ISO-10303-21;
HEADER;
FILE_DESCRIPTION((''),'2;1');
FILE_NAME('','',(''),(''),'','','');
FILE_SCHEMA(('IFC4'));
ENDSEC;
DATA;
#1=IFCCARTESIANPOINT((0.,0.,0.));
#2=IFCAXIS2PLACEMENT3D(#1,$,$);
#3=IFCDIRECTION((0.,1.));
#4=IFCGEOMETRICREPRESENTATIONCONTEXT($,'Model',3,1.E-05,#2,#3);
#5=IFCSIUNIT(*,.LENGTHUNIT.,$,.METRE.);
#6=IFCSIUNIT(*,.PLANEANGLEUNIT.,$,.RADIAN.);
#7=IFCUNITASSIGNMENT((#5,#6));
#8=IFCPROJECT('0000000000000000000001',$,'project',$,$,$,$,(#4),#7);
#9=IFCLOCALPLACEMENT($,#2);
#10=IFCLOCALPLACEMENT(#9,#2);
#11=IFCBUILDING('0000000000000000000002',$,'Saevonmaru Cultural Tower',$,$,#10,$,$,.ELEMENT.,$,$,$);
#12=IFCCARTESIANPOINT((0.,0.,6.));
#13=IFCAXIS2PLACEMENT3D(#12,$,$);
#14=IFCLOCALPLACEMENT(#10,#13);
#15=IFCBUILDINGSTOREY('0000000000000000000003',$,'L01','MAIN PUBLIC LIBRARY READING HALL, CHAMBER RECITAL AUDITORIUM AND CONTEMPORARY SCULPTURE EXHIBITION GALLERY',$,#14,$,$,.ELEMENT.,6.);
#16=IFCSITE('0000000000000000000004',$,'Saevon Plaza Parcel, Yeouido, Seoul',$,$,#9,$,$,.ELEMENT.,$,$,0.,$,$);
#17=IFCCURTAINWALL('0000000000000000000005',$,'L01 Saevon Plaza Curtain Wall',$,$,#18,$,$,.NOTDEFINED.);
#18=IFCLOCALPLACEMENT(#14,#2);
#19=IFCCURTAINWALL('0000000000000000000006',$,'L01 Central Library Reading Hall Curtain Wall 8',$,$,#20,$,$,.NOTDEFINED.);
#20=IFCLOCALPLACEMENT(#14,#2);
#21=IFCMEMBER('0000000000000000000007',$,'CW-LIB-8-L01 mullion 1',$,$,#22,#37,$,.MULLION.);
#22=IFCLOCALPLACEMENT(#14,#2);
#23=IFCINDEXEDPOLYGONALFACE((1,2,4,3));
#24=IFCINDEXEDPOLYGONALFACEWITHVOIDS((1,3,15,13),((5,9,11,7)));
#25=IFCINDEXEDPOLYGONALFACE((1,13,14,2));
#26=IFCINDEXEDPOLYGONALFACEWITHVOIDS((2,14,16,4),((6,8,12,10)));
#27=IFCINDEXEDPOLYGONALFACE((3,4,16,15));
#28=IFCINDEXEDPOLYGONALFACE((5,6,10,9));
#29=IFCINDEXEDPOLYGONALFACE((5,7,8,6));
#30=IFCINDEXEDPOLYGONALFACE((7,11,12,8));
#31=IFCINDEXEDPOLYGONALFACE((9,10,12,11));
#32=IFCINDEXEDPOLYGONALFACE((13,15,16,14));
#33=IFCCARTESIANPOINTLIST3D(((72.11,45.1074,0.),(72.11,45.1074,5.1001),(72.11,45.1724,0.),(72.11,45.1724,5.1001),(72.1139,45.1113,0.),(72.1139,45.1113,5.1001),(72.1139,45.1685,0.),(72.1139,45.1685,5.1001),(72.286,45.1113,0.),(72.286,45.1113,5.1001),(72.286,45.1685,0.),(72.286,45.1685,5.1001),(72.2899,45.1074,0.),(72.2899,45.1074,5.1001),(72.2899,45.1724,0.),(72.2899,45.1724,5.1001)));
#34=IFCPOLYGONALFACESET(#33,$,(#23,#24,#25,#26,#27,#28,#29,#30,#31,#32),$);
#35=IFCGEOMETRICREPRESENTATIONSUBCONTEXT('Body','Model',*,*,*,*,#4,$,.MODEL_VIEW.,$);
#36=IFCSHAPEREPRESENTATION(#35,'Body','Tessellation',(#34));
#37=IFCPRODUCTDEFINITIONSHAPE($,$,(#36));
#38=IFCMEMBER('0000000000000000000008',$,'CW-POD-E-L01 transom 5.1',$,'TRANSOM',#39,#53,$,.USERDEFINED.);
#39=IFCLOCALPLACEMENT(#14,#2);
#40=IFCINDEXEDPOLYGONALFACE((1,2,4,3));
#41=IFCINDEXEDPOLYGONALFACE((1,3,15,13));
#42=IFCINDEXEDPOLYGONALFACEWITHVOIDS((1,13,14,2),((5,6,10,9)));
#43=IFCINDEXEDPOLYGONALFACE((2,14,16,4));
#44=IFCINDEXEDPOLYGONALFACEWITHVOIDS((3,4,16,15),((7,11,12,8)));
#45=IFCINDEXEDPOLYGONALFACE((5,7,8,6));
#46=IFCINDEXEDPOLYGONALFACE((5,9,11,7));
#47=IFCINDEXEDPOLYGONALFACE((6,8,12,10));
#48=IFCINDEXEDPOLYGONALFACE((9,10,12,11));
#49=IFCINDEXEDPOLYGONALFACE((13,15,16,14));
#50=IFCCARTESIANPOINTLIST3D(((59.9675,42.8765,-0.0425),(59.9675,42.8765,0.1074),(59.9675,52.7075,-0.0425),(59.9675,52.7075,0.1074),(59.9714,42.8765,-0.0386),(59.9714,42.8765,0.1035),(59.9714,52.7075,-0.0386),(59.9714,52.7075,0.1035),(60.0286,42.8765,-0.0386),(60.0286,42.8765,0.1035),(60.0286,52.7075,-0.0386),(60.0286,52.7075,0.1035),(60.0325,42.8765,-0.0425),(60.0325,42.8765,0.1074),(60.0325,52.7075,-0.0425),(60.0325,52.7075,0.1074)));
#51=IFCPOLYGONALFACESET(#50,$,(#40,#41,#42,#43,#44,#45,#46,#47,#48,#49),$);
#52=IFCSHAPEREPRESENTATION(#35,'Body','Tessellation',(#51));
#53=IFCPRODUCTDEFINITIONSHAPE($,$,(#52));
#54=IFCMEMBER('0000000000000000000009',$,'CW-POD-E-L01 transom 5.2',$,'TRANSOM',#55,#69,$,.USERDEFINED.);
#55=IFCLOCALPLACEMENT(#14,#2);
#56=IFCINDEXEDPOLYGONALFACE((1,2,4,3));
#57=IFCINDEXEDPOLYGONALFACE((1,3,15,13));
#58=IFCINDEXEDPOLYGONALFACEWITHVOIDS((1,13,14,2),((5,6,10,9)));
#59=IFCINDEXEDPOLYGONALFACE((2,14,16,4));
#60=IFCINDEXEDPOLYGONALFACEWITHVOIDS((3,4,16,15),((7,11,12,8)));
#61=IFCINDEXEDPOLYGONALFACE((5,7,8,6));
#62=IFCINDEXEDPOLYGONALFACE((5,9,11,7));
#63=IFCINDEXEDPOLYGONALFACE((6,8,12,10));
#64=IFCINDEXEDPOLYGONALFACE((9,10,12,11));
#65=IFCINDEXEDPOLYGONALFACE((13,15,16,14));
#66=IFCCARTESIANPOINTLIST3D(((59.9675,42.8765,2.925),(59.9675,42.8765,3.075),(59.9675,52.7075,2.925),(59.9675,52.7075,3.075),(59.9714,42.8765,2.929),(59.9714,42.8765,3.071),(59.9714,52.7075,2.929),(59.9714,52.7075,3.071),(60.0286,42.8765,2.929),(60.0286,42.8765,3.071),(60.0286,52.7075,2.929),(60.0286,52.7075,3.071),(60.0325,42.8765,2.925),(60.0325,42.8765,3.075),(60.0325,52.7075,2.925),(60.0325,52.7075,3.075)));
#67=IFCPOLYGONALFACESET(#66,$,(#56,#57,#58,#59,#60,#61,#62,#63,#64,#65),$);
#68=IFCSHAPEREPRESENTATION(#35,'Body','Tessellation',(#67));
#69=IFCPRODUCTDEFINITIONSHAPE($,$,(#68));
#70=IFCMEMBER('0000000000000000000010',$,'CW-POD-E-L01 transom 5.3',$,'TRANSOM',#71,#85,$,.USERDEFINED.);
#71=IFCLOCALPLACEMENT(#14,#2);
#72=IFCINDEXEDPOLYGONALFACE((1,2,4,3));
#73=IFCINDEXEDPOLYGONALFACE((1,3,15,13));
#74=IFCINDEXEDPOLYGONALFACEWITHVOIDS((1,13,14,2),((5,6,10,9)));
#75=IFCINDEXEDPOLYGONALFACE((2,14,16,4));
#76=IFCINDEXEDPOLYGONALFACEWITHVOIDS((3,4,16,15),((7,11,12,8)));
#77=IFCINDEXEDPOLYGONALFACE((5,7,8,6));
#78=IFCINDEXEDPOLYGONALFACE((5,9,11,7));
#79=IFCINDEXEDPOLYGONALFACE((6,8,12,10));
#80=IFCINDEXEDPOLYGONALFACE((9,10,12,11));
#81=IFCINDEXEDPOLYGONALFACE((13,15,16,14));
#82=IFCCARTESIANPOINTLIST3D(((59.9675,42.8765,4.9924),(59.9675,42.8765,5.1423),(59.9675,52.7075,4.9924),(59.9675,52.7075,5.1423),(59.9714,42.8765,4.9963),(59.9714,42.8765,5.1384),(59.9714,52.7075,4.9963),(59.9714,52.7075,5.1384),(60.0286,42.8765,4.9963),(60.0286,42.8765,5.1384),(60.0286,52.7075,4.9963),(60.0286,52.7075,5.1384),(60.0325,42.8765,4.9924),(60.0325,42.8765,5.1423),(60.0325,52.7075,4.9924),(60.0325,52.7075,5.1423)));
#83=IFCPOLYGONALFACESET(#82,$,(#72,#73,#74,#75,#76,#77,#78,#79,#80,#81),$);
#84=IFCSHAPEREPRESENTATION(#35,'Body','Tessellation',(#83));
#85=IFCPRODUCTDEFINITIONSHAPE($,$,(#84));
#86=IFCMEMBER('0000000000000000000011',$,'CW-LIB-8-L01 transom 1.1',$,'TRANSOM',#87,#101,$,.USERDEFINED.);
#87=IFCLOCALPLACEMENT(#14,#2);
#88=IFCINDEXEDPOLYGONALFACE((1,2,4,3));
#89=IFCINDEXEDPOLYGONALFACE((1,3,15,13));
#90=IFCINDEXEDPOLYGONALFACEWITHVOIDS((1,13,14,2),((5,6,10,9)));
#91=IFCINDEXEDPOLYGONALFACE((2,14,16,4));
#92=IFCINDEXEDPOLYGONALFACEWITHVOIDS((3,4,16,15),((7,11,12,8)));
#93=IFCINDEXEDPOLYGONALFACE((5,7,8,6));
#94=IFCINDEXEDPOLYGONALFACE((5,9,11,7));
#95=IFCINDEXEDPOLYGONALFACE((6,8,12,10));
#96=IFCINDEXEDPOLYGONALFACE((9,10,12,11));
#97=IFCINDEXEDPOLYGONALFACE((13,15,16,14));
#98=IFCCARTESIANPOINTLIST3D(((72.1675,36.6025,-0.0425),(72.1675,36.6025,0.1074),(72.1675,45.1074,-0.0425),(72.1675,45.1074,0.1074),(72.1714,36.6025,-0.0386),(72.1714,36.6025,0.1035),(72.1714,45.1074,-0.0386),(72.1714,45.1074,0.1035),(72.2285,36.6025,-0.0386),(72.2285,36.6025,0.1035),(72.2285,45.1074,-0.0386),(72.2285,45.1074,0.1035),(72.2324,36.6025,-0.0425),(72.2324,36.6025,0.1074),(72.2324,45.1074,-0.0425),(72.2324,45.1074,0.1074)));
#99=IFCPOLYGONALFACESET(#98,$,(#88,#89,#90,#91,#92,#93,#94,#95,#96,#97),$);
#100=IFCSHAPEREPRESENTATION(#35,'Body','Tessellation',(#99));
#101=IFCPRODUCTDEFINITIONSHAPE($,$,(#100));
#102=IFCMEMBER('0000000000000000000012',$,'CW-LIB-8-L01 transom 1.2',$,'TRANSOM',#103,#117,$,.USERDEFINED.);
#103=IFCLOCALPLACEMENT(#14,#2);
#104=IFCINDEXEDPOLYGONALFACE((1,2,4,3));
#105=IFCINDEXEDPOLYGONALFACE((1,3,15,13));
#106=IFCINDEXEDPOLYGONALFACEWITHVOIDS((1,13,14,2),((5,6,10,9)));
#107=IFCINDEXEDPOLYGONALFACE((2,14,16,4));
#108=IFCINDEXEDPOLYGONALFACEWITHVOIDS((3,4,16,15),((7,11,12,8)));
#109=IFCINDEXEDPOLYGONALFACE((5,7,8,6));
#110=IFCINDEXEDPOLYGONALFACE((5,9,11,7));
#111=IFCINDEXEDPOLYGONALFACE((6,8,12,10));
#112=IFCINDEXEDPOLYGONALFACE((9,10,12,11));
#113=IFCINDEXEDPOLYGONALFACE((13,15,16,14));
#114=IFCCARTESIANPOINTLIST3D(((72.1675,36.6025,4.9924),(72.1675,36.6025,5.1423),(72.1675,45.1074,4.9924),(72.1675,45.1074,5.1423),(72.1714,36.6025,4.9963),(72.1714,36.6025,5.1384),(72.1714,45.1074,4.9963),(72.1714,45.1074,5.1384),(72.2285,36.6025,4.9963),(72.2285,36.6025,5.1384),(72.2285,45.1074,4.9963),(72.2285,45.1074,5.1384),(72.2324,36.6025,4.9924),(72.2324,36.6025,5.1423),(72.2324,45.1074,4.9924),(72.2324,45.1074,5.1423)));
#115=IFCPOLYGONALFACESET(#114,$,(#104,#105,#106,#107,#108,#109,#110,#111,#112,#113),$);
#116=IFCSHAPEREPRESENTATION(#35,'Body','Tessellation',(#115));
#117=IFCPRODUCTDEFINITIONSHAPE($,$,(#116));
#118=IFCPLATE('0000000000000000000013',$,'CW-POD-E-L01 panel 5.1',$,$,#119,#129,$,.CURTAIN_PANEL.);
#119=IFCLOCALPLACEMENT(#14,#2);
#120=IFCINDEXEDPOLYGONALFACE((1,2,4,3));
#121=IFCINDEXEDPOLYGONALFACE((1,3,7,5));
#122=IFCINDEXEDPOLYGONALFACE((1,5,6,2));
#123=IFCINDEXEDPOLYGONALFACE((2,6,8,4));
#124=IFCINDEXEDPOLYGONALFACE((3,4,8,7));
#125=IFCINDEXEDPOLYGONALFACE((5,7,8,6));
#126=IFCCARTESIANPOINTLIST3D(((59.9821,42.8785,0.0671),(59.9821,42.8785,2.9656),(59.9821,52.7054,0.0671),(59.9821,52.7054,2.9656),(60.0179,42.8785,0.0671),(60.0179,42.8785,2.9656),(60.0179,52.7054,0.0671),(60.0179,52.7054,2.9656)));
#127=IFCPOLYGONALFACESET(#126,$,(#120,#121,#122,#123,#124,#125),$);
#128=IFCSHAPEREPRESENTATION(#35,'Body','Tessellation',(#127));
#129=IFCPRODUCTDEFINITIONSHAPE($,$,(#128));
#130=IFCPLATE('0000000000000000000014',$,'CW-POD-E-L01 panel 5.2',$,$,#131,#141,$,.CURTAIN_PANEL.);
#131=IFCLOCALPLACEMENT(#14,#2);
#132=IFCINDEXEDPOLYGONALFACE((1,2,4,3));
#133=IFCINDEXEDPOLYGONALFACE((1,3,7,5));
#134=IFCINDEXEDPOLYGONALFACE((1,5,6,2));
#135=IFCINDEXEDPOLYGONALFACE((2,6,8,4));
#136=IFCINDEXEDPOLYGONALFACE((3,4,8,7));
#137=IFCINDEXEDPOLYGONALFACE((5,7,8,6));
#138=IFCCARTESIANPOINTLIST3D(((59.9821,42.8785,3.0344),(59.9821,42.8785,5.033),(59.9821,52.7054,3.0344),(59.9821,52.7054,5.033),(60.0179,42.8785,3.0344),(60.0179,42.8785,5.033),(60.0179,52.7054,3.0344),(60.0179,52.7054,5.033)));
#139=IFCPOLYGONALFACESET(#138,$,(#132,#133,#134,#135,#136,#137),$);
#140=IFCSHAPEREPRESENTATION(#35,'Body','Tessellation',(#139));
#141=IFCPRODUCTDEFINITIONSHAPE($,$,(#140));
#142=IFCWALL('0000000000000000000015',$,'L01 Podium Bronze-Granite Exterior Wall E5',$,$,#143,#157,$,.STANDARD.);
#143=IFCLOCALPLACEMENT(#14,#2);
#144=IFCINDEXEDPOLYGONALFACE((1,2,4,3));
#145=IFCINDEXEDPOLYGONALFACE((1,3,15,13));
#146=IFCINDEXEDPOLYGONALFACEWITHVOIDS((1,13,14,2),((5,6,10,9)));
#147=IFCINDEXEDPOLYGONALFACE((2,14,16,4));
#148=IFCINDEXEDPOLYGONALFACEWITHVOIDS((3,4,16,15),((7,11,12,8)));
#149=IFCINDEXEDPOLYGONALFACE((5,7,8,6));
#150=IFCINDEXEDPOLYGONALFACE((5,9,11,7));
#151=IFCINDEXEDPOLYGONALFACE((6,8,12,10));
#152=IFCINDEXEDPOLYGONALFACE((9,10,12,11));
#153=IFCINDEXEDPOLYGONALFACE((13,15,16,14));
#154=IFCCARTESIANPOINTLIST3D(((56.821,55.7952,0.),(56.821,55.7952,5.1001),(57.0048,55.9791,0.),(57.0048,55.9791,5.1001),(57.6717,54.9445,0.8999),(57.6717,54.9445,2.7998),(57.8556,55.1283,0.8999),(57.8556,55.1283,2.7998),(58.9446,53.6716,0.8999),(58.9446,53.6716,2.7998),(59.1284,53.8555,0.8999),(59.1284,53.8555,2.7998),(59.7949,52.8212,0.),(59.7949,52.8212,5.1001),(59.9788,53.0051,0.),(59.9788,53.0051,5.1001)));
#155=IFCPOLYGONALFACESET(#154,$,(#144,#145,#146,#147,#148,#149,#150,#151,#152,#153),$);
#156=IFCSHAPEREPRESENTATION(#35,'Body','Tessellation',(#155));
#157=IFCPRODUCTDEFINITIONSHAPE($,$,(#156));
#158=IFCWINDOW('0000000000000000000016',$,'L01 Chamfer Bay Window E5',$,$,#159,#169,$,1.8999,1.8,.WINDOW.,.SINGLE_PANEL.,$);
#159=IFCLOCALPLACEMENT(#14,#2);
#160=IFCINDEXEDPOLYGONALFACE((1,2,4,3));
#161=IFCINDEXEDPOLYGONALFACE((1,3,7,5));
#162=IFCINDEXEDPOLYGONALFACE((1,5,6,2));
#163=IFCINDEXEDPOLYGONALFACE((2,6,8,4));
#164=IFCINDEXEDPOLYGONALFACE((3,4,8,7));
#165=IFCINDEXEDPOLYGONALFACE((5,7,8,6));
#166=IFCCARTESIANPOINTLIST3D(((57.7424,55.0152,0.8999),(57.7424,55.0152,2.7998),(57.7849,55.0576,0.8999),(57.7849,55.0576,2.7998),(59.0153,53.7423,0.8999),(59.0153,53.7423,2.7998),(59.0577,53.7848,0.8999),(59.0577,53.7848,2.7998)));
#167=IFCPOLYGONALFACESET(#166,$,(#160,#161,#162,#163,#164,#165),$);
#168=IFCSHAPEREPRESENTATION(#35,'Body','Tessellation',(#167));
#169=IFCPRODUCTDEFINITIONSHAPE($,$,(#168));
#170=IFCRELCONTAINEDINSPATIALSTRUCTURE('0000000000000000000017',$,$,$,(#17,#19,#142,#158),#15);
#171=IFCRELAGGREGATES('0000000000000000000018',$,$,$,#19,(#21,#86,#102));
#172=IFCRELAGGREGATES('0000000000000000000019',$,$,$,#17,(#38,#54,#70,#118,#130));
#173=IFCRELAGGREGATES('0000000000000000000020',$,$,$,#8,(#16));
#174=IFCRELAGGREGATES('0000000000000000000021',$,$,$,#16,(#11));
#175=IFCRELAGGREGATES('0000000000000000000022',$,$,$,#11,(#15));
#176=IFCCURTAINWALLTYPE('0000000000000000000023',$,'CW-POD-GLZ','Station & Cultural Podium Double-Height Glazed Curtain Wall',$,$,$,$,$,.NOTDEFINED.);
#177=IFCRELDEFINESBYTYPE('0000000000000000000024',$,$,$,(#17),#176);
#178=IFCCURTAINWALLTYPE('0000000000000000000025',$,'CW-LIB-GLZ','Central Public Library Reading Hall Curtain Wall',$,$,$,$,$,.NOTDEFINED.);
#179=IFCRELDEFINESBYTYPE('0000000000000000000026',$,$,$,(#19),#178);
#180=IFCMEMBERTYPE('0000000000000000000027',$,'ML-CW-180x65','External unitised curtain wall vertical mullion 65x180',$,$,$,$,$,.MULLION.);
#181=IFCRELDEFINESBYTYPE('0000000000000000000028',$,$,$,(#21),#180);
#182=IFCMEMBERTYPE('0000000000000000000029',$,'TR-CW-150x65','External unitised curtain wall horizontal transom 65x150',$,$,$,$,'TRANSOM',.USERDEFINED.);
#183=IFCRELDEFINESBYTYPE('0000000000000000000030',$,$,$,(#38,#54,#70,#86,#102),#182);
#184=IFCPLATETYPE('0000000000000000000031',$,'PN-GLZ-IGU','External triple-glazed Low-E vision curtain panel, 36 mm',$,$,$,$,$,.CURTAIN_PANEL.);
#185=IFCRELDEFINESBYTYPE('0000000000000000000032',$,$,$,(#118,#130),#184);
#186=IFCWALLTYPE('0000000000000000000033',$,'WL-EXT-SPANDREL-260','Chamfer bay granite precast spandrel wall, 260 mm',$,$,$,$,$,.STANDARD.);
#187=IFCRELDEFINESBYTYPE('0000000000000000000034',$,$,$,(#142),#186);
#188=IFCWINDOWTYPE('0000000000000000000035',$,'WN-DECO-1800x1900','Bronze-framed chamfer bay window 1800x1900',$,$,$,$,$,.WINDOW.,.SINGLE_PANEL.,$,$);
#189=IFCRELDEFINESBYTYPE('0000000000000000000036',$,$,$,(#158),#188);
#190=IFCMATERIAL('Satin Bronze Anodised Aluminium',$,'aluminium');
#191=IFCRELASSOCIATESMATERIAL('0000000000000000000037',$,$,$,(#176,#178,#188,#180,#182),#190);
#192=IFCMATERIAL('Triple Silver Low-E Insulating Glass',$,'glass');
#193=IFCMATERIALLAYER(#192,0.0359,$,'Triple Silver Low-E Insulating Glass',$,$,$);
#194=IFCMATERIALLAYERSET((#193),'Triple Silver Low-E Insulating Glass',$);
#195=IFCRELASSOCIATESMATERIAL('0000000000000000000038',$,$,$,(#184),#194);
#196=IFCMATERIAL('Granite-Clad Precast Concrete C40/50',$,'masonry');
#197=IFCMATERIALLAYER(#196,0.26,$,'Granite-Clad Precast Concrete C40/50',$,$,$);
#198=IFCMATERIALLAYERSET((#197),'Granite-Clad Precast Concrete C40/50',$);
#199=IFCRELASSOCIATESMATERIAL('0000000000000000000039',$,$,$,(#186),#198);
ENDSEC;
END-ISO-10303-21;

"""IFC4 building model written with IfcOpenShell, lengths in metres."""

from ifc_helpers import new_model, si_unit, direction, frame, frame_2d, origin, origin_2d, place, context, subcontext, project, spatial, rectangle, hollow_rectangle, extrude, material, layer, layer_set, material_profile, profile_set, type_object, element, fill, aggregate, save


model = new_model("IFC4")

# Units and contexts
model_context = context("Model", 3, precision=1e-05, world=origin(), true_north=direction((0.0, 1.0)))
body_context = subcontext(model_context, "Body", "Model", "MODEL_VIEW")
ifc_project = project(units=[si_unit("LENGTHUNIT", "METRE"), si_unit("PLANEANGLEUNIT", "RADIAN")], contexts=[model_context])

# Site, building, storey
site_placement = place(None, origin())
site = spatial("IfcSite", under=ifc_project, at=site_placement, Name="Saevon Plaza Parcel, Yeouido, Seoul", CompositionType="ELEMENT", RefElevation=0.0)
building_placement = place(site_placement, origin())
building = spatial("IfcBuilding", under=site, at=building_placement, Name="Saevonmaru Cultural Tower", CompositionType="ELEMENT")
storey_placement = place(building_placement, frame((0.0, 0.0, 6.0)))
storey = spatial("IfcBuildingStorey", under=building, at=storey_placement, Name="L01", Description="MAIN PUBLIC LIBRARY READING HALL, CHAMBER RECITAL AUDITORIUM AND CONTEMPORARY SCULPTURE EXHIBITION GALLERY", CompositionType="ELEMENT", Elevation=6.0)

# Curtain walls, member
ifc_material_1 = material(Name="Satin Bronze Anodised Aluminium", Category="aluminium")
curtain_wall_type_1 = type_object("IfcCurtainWallType", Name="CW-POD-GLZ", Description="Station & Cultural Podium Double-Height Glazed Curtain Wall", PredefinedType="NOTDEFINED", material=ifc_material_1)
curtain_wall_1_placement = place(storey_placement, origin())
curtain_wall_1 = element("IfcCurtainWall", 1, at=curtain_wall_1_placement, inside=storey, type_object=curtain_wall_type_1, Name="L01 Saevon Plaza Curtain Wall", PredefinedType="NOTDEFINED")
ifc_material_profile_1 = material_profile(ifc_material_1, hollow_rectangle(XDim=0.0649, YDim=0.1799, WallThickness=0.0039, at=origin_2d()), Name="ALU-MULL-180x65x4")
ifc_profile_set_1 = profile_set([ifc_material_profile_1], Name="Satin Bronze Anodised Aluminium")
member_type_1 = type_object("IfcMemberType", Name="ML-CW-180x65", Description="External unitised curtain wall vertical mullion 65x180", PredefinedType="MULLION", material=ifc_profile_set_1)
curtain_wall_type_2 = type_object("IfcCurtainWallType", Name="CW-LIB-GLZ", Description="Central Public Library Reading Hall Curtain Wall", PredefinedType="NOTDEFINED", material=ifc_material_1)
curtain_wall_2_placement = place(storey_placement, origin())
curtain_wall_2 = element("IfcCurtainWall", 2, at=curtain_wall_2_placement, inside=storey, type_object=curtain_wall_type_2, Name="L01 Central Library Reading Hall Curtain Wall 8", PredefinedType="NOTDEFINED")
member_1_placement = place(storey_placement, frame((72.2, 45.1399, 0.0), z_axis=(0.0, 0.0, 1.0), x_axis=(0.0, -1.0, 0.0)))
member_1 = element("IfcMember", 3, at=member_1_placement, type_object=member_type_1, Name="CW-LIB-8-L01 mullion 1", PredefinedType="MULLION", context=body_context, shape_type="SweptSolid", body=[
    extrude(hollow_rectangle(XDim=0.0649, YDim=0.1799, WallThickness=0.0039, at=origin_2d()), origin(), (0.0, 0.0, 1.0), 5.1001),
])

# Members
ifc_material_profile_2 = material_profile(ifc_material_1, hollow_rectangle(XDim=0.0649, YDim=0.1499, WallThickness=0.0039, at=origin_2d()), Name="ALU-TRAN-150x65x4")
ifc_profile_set_2 = profile_set([ifc_material_profile_2], Name="Satin Bronze Anodised Aluminium")
member_type_2 = type_object("IfcMemberType", Name="TR-CW-150x65", Description="External unitised curtain wall horizontal transom 65x150", ElementType="TRANSOM", PredefinedType="USERDEFINED", material=ifc_profile_set_2)
member_2_placement = place(storey_placement, frame((60.0, 42.8765, 0.0325), z_axis=(0.0, 1.0, 0.0), x_axis=(-1.0, 0.0, 0.0)))
member_2 = element("IfcMember", 4, at=member_2_placement, type_object=member_type_2, Name="CW-POD-E-L01 transom 5.1", ObjectType="TRANSOM", PredefinedType="USERDEFINED", context=body_context, shape_type="SweptSolid", body=[
    extrude(hollow_rectangle(XDim=0.0649, YDim=0.1499, WallThickness=0.0039, at=origin_2d()), origin(), (0.0, 0.0, 1.0), 9.8311),
])
member_3_placement = place(storey_placement, frame((60.0, 42.8765, 3.0), z_axis=(0.0, 1.0, 0.0), x_axis=(-1.0, 0.0, 0.0)))
member_3 = element("IfcMember", 5, at=member_3_placement, type_object=member_type_2, Name="CW-POD-E-L01 transom 5.2", ObjectType="TRANSOM", PredefinedType="USERDEFINED", context=body_context, shape_type="SweptSolid", body=[
    extrude(hollow_rectangle(XDim=0.0649, YDim=0.1499, WallThickness=0.0039, at=origin_2d()), origin(), (0.0, 0.0, 1.0), 9.8311),
])
member_4_placement = place(storey_placement, frame((60.0, 42.8765, 5.0674), z_axis=(0.0, 1.0, 0.0), x_axis=(-1.0, 0.0, 0.0)))
member_4 = element("IfcMember", 6, at=member_4_placement, type_object=member_type_2, Name="CW-POD-E-L01 transom 5.3", ObjectType="TRANSOM", PredefinedType="USERDEFINED", context=body_context, shape_type="SweptSolid", body=[
    extrude(hollow_rectangle(XDim=0.0649, YDim=0.1499, WallThickness=0.0039, at=origin_2d()), origin(), (0.0, 0.0, 1.0), 9.8311),
])
member_5_placement = place(storey_placement, frame((72.2, 45.1074, 0.0325), z_axis=(0.0, -1.0, 0.0), x_axis=(1.0, 0.0, 0.0)))
member_5 = element("IfcMember", 7, at=member_5_placement, type_object=member_type_2, Name="CW-LIB-8-L01 transom 1.1", ObjectType="TRANSOM", PredefinedType="USERDEFINED", context=body_context, shape_type="SweptSolid", body=[
    extrude(hollow_rectangle(XDim=0.0649, YDim=0.1499, WallThickness=0.0039, at=origin_2d()), origin(), (0.0, 0.0, 1.0), 8.5049),
])
member_6_placement = place(storey_placement, frame((72.2, 45.1074, 5.0674), z_axis=(0.0, -1.0, 0.0), x_axis=(1.0, 0.0, 0.0)))
member_6 = element("IfcMember", 8, at=member_6_placement, type_object=member_type_2, Name="CW-LIB-8-L01 transom 1.2", ObjectType="TRANSOM", PredefinedType="USERDEFINED", context=body_context, shape_type="SweptSolid", body=[
    extrude(hollow_rectangle(XDim=0.0649, YDim=0.1499, WallThickness=0.0039, at=origin_2d()), origin(), (0.0, 0.0, 1.0), 8.5049),
])
aggregate(curtain_wall_2, [member_1, member_5, member_6])

# Plates
ifc_material_2 = material(Name="Triple Silver Low-E Insulating Glass", Category="glass")
ifc_layer_1 = layer(ifc_material_2, 0.0359, Name="Triple Silver Low-E Insulating Glass")
ifc_layer_set_1 = layer_set([ifc_layer_1], Name="Triple Silver Low-E Insulating Glass")
plate_type = type_object("IfcPlateType", Name="PN-GLZ-IGU", Description="External triple-glazed Low-E vision curtain panel, 36 mm", PredefinedType="CURTAIN_PANEL", material=ifc_layer_set_1)
plate_1_placement = place(storey_placement, frame((60.0, 47.792, 0.0671), z_axis=(0.0, 0.0, 1.0), x_axis=(0.0, 1.0, 0.0)))
plate_1 = element("IfcPlate", 9, at=plate_1_placement, type_object=plate_type, Name="CW-POD-E-L01 panel 5.1", PredefinedType="CURTAIN_PANEL", context=body_context, shape_type="SweptSolid", body=[
    extrude(rectangle(XDim=9.8269, YDim=0.0359, at=origin_2d()), origin(), (0.0, 0.0, 1.0), 2.8984),
])
plate_2_placement = place(storey_placement, frame((60.0, 47.792, 3.0344), z_axis=(0.0, 0.0, 1.0), x_axis=(0.0, 1.0, 0.0)))
plate_2 = element("IfcPlate", 10, at=plate_2_placement, type_object=plate_type, Name="CW-POD-E-L01 panel 5.2", PredefinedType="CURTAIN_PANEL", context=body_context, shape_type="SweptSolid", body=[
    extrude(rectangle(XDim=9.8269, YDim=0.0359, at=origin_2d()), origin(), (0.0, 0.0, 1.0), 1.9985),
])
aggregate(curtain_wall_1, [member_2, member_3, member_4, plate_1, plate_2])

# Wall, opening, window
ifc_material_3 = material(Name="Granite-Clad Precast Concrete C40/50", Category="masonry")
ifc_layer_2 = layer(ifc_material_3, 0.26, Name="Granite-Clad Precast Concrete C40/50")
ifc_layer_set_2 = layer_set([ifc_layer_2], Name="Granite-Clad Precast Concrete C40/50")
wall_type_1 = type_object("IfcWallType", Name="WL-EXT-SPANDREL-260", Description="Chamfer bay granite precast spandrel wall, 260 mm", PredefinedType="STANDARD", material=ifc_layer_set_2)
wall_1_placement = place(storey_placement, frame((59.887, 52.9131, 0.0), z_axis=(0.0, 0.0, 1.0), x_axis=(-0.707107, 0.707107, 0.0)))
wall_1 = element("IfcWall", 11, at=wall_1_placement, inside=storey, type_object=wall_type_1, Name="L01 Podium Bronze-Granite Exterior Wall E5", PredefinedType="STANDARD", context=body_context, shape_type="SweptSolid", body=[
    extrude(rectangle(XDim=4.2058, YDim=0.26, at=frame_2d((2.103, 0.0))), origin(), (0.0, 0.0, 1.0), 5.1001),
])
opening_1_placement = place(wall_1_placement, frame((1.2029, 0.0, 0.8999)))
opening_1 = element("IfcOpeningElement", 12, at=opening_1_placement, cuts=wall_1, PredefinedType="OPENING", context=body_context, shape_type="SweptSolid", body=[
    extrude(rectangle(XDim=1.8, YDim=1.8999, at=frame_2d((0.8999, 0.95))), frame((0.0, 0.1401, 0.0), z_axis=(0.0, -1.0, 0.0), x_axis=(1.0, 0.0, 0.0)), (0.0, 0.0, 1.0), 0.28),
])
window_type_1 = type_object("IfcWindowType", Name="WN-DECO-1800x1900", Description="Bronze-framed chamfer bay window 1800x1900", PartitioningType="SINGLE_PANEL", PredefinedType="WINDOW", material=ifc_material_1)
window_1_placement = place(opening_1_placement, origin())
window_1 = element("IfcWindow", 13, at=window_1_placement, inside=storey, type_object=window_type_1, Name="L01 Chamfer Bay Window E5", OverallHeight=1.8999, OverallWidth=1.8, PartitioningType="SINGLE_PANEL", PredefinedType="WINDOW", context=body_context, shape_type="SweptSolid", body=[
    extrude(rectangle(XDim=1.8, YDim=1.8999, at=frame_2d((0.8999, 0.95))), frame((0.0, 0.03, 0.0), z_axis=(0.0, -1.0, 0.0), x_axis=(1.0, 0.0, 0.0)), (0.0, 0.0, 1.0), 0.0601),
])
fill(opening_1, window_1)

save(model, "model.ifc")
